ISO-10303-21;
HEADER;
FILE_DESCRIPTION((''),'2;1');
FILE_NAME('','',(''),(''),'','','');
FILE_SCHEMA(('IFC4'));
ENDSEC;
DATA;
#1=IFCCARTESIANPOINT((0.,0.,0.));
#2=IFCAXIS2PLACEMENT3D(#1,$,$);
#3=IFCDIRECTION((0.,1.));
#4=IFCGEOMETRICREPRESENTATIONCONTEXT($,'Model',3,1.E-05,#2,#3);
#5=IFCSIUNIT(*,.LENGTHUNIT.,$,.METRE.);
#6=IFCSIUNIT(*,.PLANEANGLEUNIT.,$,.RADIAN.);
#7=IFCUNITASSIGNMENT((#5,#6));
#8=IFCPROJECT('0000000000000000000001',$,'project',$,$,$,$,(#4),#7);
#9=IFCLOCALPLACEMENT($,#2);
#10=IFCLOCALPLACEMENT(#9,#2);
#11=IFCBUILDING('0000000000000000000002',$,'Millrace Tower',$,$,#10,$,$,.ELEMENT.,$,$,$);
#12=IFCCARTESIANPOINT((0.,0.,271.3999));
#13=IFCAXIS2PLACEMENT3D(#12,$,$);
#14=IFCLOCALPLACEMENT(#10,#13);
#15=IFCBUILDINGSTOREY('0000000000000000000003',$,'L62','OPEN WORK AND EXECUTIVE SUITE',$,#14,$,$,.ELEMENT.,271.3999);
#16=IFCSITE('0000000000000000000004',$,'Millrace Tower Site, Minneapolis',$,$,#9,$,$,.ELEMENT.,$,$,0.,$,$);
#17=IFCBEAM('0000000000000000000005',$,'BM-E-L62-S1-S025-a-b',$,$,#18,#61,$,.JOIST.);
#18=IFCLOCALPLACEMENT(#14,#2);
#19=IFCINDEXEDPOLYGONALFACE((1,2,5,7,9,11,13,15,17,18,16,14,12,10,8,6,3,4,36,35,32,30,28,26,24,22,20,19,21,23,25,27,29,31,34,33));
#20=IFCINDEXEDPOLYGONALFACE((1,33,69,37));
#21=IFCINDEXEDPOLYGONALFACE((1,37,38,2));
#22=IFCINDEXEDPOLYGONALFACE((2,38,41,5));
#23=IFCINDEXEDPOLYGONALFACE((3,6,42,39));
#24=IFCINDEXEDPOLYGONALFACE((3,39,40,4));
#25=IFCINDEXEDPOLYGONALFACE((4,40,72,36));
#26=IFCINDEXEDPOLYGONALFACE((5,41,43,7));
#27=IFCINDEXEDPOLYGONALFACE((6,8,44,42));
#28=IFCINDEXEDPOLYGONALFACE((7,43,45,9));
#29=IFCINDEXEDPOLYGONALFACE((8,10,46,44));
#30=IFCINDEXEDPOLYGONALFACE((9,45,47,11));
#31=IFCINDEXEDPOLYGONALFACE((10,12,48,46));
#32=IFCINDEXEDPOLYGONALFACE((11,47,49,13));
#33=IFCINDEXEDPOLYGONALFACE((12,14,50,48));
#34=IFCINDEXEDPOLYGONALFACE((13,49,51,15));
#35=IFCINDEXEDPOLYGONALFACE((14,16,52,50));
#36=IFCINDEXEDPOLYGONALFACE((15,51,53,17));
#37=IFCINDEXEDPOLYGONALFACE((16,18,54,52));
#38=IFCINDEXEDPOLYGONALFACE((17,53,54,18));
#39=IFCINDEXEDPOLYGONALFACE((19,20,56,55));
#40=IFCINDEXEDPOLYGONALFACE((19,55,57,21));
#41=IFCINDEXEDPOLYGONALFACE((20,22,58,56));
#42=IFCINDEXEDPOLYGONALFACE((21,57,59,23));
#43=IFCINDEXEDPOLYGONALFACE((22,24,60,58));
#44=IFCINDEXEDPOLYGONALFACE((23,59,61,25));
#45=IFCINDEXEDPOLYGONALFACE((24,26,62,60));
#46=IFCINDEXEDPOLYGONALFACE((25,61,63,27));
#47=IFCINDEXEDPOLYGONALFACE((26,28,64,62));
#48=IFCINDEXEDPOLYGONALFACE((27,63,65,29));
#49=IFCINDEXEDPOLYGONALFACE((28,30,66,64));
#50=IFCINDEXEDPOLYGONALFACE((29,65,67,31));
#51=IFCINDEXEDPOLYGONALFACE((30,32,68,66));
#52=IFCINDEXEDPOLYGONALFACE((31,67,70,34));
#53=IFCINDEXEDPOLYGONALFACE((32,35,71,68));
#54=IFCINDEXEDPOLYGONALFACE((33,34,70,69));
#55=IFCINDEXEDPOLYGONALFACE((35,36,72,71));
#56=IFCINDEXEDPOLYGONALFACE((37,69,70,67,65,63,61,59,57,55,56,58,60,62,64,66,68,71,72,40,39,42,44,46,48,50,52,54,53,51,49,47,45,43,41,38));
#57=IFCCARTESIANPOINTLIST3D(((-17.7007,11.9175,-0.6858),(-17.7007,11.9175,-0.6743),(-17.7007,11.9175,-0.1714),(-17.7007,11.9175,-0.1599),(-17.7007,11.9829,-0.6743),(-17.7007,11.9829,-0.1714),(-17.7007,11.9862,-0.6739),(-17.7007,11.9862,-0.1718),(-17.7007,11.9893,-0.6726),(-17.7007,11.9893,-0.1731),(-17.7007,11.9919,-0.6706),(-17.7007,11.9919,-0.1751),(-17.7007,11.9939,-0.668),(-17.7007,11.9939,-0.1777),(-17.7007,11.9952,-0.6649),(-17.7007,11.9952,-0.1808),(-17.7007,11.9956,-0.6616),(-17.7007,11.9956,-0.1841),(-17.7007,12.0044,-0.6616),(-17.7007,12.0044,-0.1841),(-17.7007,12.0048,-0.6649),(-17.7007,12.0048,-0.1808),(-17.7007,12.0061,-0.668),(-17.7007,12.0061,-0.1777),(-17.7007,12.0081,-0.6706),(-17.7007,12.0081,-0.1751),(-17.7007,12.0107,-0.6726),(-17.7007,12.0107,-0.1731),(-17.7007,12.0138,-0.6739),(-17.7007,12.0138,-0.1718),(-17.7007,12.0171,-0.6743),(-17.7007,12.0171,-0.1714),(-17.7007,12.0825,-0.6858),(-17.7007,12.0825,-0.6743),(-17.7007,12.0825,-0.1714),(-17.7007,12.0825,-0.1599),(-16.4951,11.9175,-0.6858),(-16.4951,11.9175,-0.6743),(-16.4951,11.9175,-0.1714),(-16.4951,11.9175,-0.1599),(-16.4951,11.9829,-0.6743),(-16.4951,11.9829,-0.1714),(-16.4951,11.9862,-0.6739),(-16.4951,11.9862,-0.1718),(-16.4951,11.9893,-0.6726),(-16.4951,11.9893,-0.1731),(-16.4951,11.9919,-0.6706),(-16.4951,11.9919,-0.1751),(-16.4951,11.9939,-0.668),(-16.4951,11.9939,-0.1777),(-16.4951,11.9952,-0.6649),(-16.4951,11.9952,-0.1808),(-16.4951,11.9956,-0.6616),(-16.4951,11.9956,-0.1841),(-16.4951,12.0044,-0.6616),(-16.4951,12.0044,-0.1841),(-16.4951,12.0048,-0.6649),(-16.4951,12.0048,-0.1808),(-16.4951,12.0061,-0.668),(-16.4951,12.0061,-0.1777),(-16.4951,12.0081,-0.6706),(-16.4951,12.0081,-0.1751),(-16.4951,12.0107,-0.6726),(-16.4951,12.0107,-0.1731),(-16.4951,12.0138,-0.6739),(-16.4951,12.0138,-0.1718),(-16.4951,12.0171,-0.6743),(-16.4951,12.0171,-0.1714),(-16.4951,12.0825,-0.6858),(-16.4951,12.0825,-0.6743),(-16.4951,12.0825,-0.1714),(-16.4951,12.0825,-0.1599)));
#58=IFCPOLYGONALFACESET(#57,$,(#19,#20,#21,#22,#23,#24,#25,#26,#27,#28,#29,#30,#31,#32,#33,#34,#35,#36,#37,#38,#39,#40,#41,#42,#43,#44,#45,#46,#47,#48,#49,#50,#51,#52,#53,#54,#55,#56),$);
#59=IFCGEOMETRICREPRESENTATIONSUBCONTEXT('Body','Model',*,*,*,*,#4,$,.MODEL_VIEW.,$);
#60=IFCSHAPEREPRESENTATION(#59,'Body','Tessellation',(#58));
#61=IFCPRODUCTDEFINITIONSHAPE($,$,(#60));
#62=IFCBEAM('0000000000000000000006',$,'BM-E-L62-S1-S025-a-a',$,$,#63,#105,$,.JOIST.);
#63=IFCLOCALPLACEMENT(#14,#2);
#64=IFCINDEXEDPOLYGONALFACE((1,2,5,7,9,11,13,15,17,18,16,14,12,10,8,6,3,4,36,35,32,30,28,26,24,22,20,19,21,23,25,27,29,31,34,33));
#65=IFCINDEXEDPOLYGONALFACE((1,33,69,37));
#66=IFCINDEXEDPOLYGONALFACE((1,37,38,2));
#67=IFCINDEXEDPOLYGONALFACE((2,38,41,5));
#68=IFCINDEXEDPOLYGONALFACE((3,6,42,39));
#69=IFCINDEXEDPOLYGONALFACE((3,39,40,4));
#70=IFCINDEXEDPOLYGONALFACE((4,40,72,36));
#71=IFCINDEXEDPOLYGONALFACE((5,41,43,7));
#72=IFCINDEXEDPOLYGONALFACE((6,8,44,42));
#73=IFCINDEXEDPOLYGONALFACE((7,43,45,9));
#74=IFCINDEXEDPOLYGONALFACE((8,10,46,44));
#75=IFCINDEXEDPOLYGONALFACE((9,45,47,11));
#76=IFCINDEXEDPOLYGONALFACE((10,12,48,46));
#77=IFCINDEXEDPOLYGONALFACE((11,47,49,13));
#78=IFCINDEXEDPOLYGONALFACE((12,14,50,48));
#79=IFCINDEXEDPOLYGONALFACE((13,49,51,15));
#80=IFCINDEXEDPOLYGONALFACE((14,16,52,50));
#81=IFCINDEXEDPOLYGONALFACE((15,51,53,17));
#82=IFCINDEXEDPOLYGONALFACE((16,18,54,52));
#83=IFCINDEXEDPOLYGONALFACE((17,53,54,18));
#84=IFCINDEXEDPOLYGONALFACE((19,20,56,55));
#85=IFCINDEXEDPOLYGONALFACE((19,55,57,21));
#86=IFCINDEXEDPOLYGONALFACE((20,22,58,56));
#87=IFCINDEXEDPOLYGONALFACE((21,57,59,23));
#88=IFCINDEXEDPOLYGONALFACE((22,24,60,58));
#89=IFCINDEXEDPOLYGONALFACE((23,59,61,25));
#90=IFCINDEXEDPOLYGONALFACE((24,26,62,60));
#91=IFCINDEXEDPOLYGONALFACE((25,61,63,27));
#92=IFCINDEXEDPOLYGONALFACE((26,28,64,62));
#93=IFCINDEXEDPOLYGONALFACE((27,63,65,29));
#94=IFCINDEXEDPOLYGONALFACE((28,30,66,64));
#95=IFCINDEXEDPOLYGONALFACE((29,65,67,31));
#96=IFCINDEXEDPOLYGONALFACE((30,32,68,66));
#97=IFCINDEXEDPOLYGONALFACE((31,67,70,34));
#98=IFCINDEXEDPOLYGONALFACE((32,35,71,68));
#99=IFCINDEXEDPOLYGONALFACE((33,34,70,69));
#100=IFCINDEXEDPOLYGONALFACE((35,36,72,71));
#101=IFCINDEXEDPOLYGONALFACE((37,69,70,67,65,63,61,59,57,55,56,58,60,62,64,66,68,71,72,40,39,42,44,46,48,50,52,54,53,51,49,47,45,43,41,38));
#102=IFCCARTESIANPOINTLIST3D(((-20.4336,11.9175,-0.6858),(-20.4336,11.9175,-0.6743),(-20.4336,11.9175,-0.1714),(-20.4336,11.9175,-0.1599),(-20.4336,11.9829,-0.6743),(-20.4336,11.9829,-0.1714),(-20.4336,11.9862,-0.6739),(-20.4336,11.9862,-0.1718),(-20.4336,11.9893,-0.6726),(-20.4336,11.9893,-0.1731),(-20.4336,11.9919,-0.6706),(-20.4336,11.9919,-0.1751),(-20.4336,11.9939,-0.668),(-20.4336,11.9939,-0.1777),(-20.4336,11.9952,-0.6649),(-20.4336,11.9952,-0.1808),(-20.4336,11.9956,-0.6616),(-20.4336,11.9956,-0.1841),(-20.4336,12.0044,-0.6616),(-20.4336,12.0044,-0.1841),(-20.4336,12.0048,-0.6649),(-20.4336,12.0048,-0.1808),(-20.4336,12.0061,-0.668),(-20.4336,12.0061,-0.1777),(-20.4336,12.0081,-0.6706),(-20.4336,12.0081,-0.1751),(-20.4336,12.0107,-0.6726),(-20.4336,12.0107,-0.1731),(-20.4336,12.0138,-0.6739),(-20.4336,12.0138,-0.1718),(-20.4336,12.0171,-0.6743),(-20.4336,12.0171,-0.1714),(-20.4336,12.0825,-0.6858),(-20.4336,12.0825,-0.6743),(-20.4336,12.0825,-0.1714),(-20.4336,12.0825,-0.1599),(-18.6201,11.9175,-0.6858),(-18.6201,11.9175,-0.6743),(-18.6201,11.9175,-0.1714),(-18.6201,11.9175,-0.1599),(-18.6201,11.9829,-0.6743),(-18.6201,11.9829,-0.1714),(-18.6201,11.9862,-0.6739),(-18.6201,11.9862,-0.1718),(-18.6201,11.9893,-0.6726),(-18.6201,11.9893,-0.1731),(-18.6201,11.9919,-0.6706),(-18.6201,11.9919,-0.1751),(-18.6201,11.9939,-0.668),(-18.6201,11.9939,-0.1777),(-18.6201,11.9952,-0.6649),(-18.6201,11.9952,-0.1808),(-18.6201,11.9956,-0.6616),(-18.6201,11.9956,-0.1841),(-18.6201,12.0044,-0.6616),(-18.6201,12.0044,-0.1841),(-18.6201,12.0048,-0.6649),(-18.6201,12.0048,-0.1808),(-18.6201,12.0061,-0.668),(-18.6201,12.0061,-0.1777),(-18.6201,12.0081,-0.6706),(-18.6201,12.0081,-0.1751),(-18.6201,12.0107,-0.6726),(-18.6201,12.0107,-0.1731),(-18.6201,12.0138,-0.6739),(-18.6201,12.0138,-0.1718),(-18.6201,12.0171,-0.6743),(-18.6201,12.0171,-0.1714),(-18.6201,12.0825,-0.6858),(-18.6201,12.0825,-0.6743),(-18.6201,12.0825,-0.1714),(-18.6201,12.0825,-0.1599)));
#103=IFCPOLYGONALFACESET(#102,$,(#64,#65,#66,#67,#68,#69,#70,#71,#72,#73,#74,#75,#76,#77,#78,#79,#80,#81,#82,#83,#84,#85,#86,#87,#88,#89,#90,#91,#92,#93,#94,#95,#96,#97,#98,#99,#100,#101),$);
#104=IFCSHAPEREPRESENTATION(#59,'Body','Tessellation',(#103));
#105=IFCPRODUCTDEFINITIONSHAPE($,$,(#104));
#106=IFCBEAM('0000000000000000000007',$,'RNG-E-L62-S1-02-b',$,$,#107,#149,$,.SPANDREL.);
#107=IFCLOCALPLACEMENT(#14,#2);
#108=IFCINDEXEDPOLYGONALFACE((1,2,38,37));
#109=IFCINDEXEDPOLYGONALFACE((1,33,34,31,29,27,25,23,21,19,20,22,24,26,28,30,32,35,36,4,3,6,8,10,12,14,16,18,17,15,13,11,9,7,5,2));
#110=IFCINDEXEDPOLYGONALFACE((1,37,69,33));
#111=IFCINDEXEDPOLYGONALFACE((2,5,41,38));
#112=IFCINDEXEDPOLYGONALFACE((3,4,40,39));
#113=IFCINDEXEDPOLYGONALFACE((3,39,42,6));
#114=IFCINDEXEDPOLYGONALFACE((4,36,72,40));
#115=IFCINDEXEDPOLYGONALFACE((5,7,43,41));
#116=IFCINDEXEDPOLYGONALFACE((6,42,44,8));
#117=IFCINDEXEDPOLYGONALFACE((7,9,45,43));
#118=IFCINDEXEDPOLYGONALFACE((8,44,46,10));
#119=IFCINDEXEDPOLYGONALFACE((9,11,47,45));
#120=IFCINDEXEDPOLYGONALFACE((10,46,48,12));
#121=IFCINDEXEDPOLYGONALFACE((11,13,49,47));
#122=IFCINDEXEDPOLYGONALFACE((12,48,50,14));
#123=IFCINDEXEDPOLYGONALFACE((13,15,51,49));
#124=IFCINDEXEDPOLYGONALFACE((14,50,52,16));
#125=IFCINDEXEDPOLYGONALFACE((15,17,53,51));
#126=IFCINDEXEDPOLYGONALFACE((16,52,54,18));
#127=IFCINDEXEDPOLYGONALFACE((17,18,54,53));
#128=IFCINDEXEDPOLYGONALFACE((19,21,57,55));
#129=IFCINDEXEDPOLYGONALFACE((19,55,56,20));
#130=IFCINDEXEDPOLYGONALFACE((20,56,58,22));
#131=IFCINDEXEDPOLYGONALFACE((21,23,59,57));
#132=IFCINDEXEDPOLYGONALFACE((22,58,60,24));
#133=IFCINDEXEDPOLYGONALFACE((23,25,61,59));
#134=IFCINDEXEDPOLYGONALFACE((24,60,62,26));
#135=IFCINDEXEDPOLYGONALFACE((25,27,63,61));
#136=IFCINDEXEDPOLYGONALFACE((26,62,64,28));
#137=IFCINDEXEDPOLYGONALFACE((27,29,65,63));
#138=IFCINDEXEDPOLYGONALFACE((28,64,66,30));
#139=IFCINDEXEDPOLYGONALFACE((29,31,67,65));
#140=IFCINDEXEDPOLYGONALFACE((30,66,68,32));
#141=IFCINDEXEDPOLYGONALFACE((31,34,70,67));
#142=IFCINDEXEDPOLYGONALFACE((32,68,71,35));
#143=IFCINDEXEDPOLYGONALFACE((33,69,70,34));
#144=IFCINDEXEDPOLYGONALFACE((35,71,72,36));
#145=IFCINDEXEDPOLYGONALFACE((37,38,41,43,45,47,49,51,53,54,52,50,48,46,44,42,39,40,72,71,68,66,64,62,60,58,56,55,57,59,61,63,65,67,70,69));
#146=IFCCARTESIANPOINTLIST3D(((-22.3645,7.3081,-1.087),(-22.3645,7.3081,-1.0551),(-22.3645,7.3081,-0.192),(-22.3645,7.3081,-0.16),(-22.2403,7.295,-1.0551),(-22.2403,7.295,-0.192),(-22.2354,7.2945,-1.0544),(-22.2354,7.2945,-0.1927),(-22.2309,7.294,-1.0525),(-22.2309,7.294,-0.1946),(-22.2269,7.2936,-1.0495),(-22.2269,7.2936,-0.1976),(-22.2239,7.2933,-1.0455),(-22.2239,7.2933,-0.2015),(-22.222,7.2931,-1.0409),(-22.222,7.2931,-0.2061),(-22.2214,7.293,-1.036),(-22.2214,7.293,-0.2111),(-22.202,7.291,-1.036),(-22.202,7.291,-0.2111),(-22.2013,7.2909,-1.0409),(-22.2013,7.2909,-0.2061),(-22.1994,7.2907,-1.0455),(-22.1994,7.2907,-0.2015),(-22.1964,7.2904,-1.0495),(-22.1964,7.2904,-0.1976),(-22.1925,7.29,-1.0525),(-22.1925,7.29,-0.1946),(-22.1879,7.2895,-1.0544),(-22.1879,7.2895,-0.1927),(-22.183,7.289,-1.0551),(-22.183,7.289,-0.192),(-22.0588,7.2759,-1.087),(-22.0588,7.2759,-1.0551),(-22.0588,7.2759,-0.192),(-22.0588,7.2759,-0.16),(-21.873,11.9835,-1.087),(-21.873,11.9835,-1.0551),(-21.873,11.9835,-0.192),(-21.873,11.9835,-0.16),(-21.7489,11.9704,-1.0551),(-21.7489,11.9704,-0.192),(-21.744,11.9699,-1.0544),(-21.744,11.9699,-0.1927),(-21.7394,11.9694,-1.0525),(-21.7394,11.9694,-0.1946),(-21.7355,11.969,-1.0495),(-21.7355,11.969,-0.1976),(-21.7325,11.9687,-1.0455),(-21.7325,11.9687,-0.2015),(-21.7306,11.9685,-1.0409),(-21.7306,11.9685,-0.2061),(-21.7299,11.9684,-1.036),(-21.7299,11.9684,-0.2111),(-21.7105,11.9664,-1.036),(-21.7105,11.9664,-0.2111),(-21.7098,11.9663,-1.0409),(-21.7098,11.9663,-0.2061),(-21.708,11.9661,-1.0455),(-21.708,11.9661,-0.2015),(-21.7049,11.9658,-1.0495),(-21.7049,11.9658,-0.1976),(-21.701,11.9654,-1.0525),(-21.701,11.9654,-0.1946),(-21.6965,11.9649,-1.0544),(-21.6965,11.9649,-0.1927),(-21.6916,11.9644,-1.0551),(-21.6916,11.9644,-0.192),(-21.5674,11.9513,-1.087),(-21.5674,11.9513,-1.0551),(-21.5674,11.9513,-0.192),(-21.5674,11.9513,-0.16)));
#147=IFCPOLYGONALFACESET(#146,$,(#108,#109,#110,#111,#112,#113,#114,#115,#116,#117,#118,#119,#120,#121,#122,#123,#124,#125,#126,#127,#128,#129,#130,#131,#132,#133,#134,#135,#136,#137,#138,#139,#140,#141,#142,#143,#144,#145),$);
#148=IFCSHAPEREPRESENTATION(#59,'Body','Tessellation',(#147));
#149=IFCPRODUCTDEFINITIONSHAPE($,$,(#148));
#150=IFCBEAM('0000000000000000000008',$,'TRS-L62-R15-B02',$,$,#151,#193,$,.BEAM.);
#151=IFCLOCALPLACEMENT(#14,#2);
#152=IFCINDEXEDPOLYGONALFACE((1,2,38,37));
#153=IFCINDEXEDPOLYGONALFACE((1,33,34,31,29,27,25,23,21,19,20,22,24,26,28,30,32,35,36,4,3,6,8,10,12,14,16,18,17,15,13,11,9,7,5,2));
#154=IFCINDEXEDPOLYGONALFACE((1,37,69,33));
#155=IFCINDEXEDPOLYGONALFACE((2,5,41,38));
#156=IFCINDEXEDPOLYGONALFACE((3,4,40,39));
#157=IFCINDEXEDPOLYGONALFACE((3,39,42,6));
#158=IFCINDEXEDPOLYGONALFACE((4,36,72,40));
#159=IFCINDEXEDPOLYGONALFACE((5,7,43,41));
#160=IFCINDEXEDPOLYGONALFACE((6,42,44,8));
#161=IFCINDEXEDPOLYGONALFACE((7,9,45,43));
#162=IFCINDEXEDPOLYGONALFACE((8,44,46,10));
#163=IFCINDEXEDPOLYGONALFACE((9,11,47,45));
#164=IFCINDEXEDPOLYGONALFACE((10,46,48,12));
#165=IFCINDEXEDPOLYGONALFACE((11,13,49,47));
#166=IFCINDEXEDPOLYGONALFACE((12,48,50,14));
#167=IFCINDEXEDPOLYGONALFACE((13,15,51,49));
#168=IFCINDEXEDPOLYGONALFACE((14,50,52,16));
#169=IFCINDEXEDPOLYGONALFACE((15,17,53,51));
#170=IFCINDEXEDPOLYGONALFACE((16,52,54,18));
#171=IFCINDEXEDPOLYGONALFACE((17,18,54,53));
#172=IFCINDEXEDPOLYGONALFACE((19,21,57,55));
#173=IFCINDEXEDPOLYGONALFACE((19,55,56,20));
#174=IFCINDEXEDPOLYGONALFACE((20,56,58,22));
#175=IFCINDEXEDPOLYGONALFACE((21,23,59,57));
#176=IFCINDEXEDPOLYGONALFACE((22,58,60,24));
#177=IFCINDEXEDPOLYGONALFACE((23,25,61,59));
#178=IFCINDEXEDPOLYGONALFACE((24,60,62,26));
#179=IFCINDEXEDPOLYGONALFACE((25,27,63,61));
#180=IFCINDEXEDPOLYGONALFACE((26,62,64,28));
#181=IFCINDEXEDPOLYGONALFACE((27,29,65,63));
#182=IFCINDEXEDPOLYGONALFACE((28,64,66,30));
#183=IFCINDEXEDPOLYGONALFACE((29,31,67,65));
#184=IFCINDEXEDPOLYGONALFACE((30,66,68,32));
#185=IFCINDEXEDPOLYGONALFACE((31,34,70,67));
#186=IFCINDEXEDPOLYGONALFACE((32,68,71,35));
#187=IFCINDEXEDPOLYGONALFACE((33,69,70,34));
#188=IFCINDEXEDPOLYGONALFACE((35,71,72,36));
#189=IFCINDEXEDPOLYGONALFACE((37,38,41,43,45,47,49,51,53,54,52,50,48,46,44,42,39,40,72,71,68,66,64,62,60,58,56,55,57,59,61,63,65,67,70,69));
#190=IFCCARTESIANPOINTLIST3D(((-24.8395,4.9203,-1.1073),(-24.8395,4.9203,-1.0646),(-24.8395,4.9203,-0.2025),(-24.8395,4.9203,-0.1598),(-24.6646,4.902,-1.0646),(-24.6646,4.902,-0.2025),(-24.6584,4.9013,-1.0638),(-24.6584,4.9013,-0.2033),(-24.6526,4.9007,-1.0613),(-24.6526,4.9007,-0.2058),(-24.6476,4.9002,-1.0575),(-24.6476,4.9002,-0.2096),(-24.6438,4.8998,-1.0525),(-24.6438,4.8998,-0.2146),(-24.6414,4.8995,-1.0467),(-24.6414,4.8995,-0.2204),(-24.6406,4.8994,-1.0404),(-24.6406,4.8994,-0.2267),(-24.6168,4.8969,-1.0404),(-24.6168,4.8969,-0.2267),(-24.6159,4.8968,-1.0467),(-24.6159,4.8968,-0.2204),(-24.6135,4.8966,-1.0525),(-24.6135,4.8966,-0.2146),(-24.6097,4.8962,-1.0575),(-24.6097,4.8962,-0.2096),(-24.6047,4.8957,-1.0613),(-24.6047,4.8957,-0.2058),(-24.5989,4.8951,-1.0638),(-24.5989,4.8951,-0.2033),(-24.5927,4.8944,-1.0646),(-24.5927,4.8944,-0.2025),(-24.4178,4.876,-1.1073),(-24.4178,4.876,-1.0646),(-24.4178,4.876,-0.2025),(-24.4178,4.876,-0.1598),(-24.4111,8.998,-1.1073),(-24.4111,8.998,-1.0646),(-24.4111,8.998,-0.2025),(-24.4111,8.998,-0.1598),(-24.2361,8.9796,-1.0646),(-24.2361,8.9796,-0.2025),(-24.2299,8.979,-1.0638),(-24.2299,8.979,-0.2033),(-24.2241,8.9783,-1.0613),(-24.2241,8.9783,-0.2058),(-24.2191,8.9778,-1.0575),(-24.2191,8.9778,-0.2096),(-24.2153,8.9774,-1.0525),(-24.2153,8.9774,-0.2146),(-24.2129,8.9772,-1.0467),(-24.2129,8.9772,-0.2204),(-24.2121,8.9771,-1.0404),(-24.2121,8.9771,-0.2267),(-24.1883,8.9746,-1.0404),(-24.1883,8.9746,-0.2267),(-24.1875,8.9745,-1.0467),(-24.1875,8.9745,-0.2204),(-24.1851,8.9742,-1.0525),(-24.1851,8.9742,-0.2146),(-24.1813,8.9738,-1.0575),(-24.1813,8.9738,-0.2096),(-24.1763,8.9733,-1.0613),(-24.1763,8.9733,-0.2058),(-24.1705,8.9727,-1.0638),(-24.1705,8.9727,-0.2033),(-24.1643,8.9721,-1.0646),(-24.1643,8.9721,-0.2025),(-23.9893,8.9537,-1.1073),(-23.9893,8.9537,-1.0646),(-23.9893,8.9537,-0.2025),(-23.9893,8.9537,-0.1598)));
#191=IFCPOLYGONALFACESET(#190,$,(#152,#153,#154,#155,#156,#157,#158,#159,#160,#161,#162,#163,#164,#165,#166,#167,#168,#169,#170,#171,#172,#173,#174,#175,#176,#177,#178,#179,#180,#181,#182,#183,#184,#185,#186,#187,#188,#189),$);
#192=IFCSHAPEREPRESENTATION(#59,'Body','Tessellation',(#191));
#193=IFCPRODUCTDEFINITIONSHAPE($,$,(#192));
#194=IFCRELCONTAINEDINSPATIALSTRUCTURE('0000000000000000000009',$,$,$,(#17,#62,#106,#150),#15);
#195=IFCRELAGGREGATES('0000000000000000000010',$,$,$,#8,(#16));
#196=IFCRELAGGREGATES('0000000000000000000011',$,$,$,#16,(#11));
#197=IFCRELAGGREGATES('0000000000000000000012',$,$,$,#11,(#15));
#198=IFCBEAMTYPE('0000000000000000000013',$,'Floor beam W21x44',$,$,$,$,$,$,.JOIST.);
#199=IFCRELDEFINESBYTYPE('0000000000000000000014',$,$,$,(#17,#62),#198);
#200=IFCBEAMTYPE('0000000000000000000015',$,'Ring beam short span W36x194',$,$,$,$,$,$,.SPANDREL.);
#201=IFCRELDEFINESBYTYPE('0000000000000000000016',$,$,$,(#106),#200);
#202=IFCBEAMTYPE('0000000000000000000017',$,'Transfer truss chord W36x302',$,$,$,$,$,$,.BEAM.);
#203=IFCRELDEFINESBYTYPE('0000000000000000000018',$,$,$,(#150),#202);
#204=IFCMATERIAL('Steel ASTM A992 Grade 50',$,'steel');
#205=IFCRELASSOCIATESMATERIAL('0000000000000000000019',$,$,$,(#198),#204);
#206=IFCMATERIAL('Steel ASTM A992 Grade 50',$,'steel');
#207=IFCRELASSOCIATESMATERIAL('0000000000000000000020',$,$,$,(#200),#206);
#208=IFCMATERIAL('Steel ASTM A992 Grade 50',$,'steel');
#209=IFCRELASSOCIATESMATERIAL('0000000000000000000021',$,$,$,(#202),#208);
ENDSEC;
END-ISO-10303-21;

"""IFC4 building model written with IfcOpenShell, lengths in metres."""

from ifc_helpers import new_model, si_unit, direction, frame, origin, origin_2d, place, context, subcontext, project, spatial, i_section, extrude, material, material_profile, profile_set, type_object, element, save


model = new_model("IFC4")

# Units and contexts
model_context = context("Model", 3, precision=1e-05, world=origin(), true_north=direction((0.0, 1.0)))
body_context = subcontext(model_context, "Body", "Model", "MODEL_VIEW")
ifc_project = project(units=[si_unit("LENGTHUNIT", "METRE"), si_unit("PLANEANGLEUNIT", "RADIAN")], contexts=[model_context])

# Site, building, storey
site_placement = place(None, origin())
site = spatial("IfcSite", under=ifc_project, at=site_placement, Name="Millrace Tower Site, Minneapolis", CompositionType="ELEMENT", RefElevation=0.0)
building_placement = place(site_placement, origin())
building = spatial("IfcBuilding", under=site, at=building_placement, Name="Millrace Tower", CompositionType="ELEMENT")
storey_placement = place(building_placement, frame((0.0, 0.0, 271.3999)))
storey = spatial("IfcBuildingStorey", under=building, at=storey_placement, Name="L62", Description="OPEN WORK AND EXECUTIVE SUITE", CompositionType="ELEMENT", Elevation=271.3999)

# Beams
ifc_material_1 = material(Name="Steel ASTM A992 Grade 50", Category="steel")
ifc_material_profile_1 = material_profile(ifc_material_1, i_section(OverallWidth=0.165, OverallDepth=0.5259, WebThickness=0.0088, FlangeThickness=0.0115, FilletRadius=0.0127, at=origin_2d()))
ifc_profile_set_1 = profile_set([ifc_material_profile_1], Name="Steel ASTM A992 Grade 50")
beam_type_1 = type_object("IfcBeamType", Name="Floor beam W21x44", PredefinedType="JOIST", material=ifc_profile_set_1)
beam_1_placement = place(storey_placement, frame((-17.7007, 12.0, -0.4229), z_axis=(1.0, 0.0, 0.0), x_axis=(0.0, 1.0, 0.0)))
element("IfcBeam", 1, at=beam_1_placement, inside=storey, type_object=beam_type_1, Name="BM-E-L62-S1-S025-a-b", PredefinedType="JOIST", context=body_context, shape_type="SweptSolid", body=[
    extrude(i_section(OverallWidth=0.165, OverallDepth=0.5259, WebThickness=0.0088, FlangeThickness=0.0115, FilletRadius=0.0127, at=origin_2d()), origin(), (0.0, 0.0, 1.0), 1.2056),
])
beam_2_placement = place(storey_placement, frame((-20.4336, 12.0, -0.4229), z_axis=(1.0, 0.0, 0.0), x_axis=(0.0, 1.0, 0.0)))
element("IfcBeam", 2, at=beam_2_placement, inside=storey, type_object=beam_type_1, Name="BM-E-L62-S1-S025-a-a", PredefinedType="JOIST", context=body_context, shape_type="SweptSolid", body=[
    extrude(i_section(OverallWidth=0.165, OverallDepth=0.5259, WebThickness=0.0088, FlangeThickness=0.0115, FilletRadius=0.0127, at=origin_2d()), origin(), (0.0, 0.0, 1.0), 1.8135),
])
ifc_material_2 = material(Name="Steel ASTM A992 Grade 50", Category="steel")
ifc_material_profile_2 = material_profile(ifc_material_2, i_section(OverallWidth=0.3074, OverallDepth=0.927, WebThickness=0.0195, FlangeThickness=0.032, FilletRadius=0.019, at=origin_2d()))
ifc_profile_set_2 = profile_set([ifc_material_profile_2], Name="Steel ASTM A992 Grade 50")
beam_type_2 = type_object("IfcBeamType", Name="Ring beam short span W36x194", PredefinedType="SPANDREL", material=ifc_profile_set_2)
beam_3_placement = place(storey_placement, frame((-22.2117, 7.292, -0.6235), z_axis=(0.104542, 0.994521, 0.0), x_axis=(-0.994521, 0.104542, 0.0)))
element("IfcBeam", 3, at=beam_3_placement, inside=storey, type_object=beam_type_2, Name="RNG-E-L62-S1-02-b", PredefinedType="SPANDREL", context=body_context, shape_type="SweptSolid", body=[
    extrude(i_section(OverallWidth=0.3074, OverallDepth=0.927, WebThickness=0.0195, FlangeThickness=0.032, FilletRadius=0.019, at=origin_2d()), origin(), (0.0, 0.0, 1.0), 4.7012),
])
ifc_material_3 = material(Name="Steel ASTM A992 Grade 50", Category="steel")
ifc_material_profile_3 = material_profile(ifc_material_3, i_section(OverallWidth=0.4241, OverallDepth=0.9475, WebThickness=0.0239, FlangeThickness=0.0427, FilletRadius=0.0242, at=origin_2d()))
ifc_profile_set_3 = profile_set([ifc_material_profile_3], Name="Steel ASTM A992 Grade 50")
beam_type_3 = type_object("IfcBeamType", Name="Transfer truss chord W36x302", PredefinedType="BEAM", material=ifc_profile_set_3)
for number, where, z_axis, x_axis, name in (
    (4, (-24.2002, 8.9758, -0.6335), (-0.104502, -0.994525, 0.0), (0.994525, -0.104502, 0.0), "TRS-L62-R15-B02"),
):
    element("IfcBeam", number, at=place(storey_placement, frame(where, z_axis=z_axis, x_axis=x_axis)), inside=storey, type_object=beam_type_3, Name=name, PredefinedType="BEAM", context=body_context, shape_type="SweptSolid", body=[
        extrude(i_section(OverallWidth=0.4241, OverallDepth=0.9475, WebThickness=0.0239, FlangeThickness=0.0427, FilletRadius=0.0242, at=origin_2d()), origin(), (0.0, 0.0, 1.0), 4.1001),
    ])

save(model, "model.ifc")
